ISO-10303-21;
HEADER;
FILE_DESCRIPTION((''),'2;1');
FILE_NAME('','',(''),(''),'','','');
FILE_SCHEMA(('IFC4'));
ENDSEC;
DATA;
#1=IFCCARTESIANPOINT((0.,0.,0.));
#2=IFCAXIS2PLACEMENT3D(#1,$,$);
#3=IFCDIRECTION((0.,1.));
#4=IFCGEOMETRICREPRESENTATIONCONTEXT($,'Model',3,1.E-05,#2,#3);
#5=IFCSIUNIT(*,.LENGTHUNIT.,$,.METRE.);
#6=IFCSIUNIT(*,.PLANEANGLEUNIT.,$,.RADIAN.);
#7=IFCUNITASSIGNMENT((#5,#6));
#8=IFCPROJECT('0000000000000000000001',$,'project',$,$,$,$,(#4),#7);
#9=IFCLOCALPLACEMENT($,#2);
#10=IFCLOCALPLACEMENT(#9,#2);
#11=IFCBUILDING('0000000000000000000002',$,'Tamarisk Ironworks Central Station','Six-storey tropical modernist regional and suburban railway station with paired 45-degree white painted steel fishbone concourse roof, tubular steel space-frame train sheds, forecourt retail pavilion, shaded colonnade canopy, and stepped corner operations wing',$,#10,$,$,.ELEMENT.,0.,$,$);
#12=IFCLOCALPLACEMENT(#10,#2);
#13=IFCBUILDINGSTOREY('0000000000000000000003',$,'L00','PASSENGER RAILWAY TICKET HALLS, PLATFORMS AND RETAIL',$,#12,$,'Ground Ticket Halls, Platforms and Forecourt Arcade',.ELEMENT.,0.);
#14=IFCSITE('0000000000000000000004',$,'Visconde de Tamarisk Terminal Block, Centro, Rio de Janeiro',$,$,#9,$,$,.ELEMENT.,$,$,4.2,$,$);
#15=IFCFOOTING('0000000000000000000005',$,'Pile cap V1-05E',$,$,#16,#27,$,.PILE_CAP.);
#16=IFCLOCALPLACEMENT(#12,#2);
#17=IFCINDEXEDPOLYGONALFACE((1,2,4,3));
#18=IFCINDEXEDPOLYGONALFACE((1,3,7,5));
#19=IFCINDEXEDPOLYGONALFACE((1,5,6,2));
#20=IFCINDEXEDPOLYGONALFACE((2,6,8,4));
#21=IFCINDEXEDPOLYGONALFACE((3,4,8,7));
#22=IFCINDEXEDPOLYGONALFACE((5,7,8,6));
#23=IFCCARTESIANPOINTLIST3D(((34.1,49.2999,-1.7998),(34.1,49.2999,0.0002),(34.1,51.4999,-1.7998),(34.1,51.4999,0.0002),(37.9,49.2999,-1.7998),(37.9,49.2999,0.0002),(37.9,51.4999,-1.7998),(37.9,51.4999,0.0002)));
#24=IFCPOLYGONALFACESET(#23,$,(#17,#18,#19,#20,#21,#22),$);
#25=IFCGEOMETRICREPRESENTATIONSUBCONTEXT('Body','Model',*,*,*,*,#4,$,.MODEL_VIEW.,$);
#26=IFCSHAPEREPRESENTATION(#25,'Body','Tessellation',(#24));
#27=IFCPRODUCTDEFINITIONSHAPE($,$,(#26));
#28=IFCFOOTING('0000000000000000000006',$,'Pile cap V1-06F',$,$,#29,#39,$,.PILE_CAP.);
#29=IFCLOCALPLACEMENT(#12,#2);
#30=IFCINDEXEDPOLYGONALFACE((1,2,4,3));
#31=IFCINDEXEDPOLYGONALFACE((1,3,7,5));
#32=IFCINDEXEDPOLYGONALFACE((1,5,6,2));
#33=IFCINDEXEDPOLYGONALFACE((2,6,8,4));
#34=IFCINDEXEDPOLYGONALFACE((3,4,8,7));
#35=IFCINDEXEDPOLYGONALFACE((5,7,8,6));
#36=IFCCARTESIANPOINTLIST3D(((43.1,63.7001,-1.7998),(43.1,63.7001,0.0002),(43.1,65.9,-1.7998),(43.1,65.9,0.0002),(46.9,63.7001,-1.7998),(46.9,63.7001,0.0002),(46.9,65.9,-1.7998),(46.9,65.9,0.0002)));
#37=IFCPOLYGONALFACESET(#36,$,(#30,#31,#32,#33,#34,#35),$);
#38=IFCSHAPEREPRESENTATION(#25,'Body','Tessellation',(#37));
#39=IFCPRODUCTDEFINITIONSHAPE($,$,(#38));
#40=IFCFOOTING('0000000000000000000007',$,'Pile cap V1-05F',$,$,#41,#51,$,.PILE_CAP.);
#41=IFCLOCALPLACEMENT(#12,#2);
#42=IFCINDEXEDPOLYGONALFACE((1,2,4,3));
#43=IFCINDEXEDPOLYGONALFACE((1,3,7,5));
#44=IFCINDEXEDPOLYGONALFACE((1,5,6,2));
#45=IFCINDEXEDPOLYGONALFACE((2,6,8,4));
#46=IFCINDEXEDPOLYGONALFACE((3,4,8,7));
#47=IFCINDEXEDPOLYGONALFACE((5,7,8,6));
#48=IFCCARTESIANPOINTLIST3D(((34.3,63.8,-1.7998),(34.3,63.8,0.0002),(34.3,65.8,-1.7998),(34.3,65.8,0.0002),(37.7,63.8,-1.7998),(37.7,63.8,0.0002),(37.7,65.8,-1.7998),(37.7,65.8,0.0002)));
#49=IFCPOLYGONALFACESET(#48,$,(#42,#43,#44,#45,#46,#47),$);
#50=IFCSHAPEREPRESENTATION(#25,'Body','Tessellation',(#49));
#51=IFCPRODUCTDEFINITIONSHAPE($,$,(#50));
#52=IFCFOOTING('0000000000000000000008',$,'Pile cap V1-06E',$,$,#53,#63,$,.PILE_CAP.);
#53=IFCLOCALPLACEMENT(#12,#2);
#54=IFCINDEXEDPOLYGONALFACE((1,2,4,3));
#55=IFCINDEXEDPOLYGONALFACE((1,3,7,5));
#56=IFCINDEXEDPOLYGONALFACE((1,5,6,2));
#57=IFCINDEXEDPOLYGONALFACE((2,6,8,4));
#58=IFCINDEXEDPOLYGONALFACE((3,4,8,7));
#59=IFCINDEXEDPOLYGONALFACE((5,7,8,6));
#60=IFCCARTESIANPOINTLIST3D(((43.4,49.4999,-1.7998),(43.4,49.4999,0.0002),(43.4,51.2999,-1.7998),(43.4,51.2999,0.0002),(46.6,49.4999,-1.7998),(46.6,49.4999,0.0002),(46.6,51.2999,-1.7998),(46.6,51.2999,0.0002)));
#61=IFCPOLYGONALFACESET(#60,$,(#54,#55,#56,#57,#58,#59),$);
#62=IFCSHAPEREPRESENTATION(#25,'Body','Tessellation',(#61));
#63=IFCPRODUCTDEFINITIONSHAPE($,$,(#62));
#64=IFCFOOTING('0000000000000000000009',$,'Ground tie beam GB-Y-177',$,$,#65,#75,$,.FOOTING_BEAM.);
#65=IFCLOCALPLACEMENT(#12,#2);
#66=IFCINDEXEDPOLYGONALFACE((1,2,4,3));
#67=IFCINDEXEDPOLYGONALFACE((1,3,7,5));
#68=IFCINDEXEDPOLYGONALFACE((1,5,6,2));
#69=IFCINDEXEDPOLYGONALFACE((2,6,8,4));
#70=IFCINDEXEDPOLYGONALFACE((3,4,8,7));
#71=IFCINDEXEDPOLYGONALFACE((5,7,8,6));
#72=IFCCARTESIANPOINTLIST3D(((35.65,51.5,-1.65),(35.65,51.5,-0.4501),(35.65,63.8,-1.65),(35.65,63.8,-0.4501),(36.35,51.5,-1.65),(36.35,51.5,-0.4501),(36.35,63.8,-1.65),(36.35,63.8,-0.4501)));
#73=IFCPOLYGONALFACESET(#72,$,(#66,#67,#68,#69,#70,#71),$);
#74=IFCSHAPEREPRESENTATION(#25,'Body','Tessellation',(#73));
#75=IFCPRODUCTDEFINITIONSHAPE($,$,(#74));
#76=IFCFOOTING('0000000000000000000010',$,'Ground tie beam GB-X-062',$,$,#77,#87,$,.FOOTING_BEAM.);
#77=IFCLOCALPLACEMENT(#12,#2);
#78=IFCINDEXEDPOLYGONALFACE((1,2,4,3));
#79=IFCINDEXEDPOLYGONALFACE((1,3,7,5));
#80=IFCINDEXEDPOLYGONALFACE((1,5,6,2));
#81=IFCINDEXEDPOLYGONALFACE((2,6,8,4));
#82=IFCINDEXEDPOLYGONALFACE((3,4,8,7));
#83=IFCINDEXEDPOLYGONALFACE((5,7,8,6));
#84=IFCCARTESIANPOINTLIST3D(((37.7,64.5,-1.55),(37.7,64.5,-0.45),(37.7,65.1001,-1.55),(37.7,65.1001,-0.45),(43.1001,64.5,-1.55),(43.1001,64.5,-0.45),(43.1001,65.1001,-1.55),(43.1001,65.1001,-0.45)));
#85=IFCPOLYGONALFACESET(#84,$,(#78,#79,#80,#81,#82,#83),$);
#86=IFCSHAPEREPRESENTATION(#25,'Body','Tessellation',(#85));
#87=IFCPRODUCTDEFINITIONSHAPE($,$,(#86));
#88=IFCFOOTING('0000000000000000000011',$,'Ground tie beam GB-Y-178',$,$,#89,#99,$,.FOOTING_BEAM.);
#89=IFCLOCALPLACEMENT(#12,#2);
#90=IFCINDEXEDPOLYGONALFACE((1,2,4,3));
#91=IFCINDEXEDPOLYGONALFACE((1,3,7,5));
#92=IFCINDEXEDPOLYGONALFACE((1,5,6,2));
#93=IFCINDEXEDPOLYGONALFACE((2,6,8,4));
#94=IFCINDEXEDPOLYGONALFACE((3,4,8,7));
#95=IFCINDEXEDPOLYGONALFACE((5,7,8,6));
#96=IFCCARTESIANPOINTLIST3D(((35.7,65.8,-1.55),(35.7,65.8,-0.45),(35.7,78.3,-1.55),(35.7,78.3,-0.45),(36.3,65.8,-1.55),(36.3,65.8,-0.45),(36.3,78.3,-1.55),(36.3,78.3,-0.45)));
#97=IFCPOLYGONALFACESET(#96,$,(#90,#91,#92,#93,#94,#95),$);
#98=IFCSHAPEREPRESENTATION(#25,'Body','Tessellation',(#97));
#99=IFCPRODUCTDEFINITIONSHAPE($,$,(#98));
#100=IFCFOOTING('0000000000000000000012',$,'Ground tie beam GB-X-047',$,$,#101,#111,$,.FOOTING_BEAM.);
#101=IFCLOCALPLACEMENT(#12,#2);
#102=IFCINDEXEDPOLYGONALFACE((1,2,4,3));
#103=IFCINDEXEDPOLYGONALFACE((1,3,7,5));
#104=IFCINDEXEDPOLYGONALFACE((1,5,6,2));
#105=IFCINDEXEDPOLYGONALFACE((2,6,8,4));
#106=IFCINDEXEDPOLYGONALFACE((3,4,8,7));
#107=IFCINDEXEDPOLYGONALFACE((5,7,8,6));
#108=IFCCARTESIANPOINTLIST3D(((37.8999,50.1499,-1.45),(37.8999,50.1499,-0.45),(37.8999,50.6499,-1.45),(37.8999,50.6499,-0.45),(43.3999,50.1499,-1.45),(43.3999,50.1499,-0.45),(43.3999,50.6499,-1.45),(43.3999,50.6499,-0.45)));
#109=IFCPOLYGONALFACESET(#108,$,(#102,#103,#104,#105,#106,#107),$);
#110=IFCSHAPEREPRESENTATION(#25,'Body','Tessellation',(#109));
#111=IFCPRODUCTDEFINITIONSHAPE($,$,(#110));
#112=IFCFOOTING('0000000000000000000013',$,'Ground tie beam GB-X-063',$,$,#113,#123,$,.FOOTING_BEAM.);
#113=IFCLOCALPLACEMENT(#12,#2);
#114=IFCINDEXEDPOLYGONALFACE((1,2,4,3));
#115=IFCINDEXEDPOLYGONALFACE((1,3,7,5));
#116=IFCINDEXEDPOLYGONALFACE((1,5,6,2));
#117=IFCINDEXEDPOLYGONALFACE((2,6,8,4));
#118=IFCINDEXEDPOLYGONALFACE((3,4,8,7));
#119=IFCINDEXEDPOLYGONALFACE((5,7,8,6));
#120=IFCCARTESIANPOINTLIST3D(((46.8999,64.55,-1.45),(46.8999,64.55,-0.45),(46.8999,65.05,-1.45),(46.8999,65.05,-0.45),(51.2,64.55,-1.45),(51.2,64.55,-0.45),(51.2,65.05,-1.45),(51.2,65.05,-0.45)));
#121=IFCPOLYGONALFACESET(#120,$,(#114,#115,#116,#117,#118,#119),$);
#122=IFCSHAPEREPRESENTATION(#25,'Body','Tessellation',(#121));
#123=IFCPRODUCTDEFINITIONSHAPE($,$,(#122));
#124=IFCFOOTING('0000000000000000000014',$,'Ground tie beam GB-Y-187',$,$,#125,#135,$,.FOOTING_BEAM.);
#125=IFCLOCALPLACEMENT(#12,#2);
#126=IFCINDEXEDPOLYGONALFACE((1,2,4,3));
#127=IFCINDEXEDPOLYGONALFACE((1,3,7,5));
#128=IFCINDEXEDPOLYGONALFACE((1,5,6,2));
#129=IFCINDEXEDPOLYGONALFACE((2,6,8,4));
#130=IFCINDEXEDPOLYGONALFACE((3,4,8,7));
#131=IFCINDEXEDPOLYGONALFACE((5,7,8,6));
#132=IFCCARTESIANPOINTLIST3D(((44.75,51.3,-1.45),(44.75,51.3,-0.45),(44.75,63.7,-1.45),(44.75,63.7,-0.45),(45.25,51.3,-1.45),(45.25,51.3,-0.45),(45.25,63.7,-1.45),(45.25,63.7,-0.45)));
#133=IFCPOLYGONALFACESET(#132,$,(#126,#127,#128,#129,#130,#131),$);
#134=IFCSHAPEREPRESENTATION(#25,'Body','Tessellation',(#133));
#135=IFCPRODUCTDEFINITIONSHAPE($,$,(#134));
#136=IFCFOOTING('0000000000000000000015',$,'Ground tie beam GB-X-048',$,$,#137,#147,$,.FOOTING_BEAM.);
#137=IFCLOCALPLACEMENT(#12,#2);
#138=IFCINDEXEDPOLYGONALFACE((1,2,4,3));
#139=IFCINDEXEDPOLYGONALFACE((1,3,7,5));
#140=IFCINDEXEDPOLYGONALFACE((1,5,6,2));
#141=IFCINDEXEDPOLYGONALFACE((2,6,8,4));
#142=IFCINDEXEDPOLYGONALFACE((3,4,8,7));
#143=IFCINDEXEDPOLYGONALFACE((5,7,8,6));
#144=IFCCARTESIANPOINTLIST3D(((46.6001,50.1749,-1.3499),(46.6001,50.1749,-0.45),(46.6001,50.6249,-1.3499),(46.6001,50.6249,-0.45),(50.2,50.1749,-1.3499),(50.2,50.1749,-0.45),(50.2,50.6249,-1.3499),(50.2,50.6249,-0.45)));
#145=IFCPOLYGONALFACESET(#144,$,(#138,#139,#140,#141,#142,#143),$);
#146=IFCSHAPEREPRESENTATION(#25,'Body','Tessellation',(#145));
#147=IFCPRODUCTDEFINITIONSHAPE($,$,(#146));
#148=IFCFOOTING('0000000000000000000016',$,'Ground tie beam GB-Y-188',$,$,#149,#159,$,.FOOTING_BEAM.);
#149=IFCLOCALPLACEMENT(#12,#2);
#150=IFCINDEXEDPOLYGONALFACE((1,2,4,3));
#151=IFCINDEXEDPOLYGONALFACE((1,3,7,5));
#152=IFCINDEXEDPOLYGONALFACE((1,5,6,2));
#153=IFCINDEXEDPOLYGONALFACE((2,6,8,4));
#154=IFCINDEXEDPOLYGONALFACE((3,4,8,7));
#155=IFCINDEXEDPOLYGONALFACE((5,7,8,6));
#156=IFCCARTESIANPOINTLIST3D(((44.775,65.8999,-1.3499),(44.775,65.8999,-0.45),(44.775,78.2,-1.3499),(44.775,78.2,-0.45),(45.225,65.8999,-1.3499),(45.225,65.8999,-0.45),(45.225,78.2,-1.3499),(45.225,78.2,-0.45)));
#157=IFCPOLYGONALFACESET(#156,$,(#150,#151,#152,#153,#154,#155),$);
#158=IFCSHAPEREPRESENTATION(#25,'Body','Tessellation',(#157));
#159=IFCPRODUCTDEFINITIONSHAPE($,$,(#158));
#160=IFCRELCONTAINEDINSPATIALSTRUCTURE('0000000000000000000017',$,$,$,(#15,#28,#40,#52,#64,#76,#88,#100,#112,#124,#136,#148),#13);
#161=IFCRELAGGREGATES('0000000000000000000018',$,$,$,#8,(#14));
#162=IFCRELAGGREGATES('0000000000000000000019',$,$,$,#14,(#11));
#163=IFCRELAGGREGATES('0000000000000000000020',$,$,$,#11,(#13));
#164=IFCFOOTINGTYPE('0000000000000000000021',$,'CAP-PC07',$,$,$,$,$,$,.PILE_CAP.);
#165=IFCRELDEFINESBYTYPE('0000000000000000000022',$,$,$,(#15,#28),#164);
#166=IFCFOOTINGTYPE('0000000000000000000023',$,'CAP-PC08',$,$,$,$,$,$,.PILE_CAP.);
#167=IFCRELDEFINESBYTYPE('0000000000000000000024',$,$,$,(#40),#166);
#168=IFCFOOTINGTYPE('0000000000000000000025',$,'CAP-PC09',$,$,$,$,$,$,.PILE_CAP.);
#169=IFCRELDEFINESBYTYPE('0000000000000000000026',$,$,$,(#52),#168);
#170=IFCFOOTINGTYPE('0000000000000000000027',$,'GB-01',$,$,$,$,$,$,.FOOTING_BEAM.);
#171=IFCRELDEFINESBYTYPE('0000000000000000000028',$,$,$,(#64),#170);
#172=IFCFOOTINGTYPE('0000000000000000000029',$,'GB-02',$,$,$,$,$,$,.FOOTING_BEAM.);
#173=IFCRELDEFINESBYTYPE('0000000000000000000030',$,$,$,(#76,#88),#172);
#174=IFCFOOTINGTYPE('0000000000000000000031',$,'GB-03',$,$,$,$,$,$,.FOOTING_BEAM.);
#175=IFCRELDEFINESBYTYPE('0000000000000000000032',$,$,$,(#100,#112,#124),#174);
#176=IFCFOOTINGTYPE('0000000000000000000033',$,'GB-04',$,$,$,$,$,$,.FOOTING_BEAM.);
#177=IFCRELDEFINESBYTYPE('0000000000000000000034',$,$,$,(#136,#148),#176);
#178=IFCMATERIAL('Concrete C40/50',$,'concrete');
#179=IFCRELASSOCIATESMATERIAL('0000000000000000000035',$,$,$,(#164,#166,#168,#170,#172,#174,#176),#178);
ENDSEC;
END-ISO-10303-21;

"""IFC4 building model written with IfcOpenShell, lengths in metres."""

from ifc_helpers import new_model, si_unit, direction, frame, origin, origin_2d, place, context, subcontext, project, spatial, rectangle, extrude, material, material_profile, profile_set, type_object, element, save


model = new_model("IFC4")

# Units and contexts
model_context = context("Model", 3, precision=1e-05, world=origin(), true_north=direction((0.0, 1.0)))
body_context = subcontext(model_context, "Body", "Model", "MODEL_VIEW")
ifc_project = project(units=[si_unit("LENGTHUNIT", "METRE"), si_unit("PLANEANGLEUNIT", "RADIAN")], contexts=[model_context])

# Site, building, storey
site_placement = place(None, origin())
site = spatial("IfcSite", under=ifc_project, at=site_placement, Name="Visconde de Tamarisk Terminal Block, Centro, Rio de Janeiro", CompositionType="ELEMENT", RefElevation=4.2)
building_placement = place(site_placement, origin())
building = spatial("IfcBuilding", under=site, at=building_placement, Name="Tamarisk Ironworks Central Station", Description="Six-storey tropical modernist regional and suburban railway station with paired 45-degree white painted steel fishbone concourse roof, tubular steel space-frame train sheds, forecourt retail pavilion, shaded colonnade canopy, and stepped corner operations wing", CompositionType="ELEMENT", ElevationOfRefHeight=0.0)
storey_placement = place(building_placement, origin())
storey = spatial("IfcBuildingStorey", under=building, at=storey_placement, Name="L00", Description="PASSENGER RAILWAY TICKET HALLS, PLATFORMS AND RETAIL", LongName="Ground Ticket Halls, Platforms and Forecourt Arcade", CompositionType="ELEMENT", Elevation=0.0)

# Footings
ifc_material_1 = material(Name="Concrete C40/50", Category="concrete")
footing_type_1 = type_object("IfcFootingType", Name="CAP-PC07", PredefinedType="PILE_CAP", material=ifc_material_1)
for number, where, z_axis, x_axis, name in (
    (1, (36.0, 50.3999, -1.7998), (0.0, 0.0, 1.0), (1.0, 0.0, 0.0), "Pile cap V1-05E"),
    (2, (45.0, 64.8, -1.7998), (0.0, 0.0, 1.0), (1.0, 0.0, 0.0), "Pile cap V1-06F"),
):
    element("IfcFooting", number, at=place(storey_placement, frame(where, z_axis=z_axis, x_axis=x_axis)), inside=storey, type_object=footing_type_1, Name=name, PredefinedType="PILE_CAP", context=body_context, shape_type="SweptSolid", body=[
        extrude(rectangle(XDim=3.8, YDim=2.2, at=origin_2d()), origin(), (0.0, 0.0, 1.0), 1.8),
    ])
footing_type_2 = type_object("IfcFootingType", Name="CAP-PC08", PredefinedType="PILE_CAP", material=ifc_material_1)
footing_1_placement = place(storey_placement, frame((36.0, 64.8, -1.7998), z_axis=(0.0, 0.0, 1.0), x_axis=(1.0, 0.0, 0.0)))
element("IfcFooting", 3, at=footing_1_placement, inside=storey, type_object=footing_type_2, Name="Pile cap V1-05F", PredefinedType="PILE_CAP", context=body_context, shape_type="SweptSolid", body=[
    extrude(rectangle(XDim=3.3999, YDim=2.0, at=origin_2d()), origin(), (0.0, 0.0, 1.0), 1.8),
])
footing_type_3 = type_object("IfcFootingType", Name="CAP-PC09", PredefinedType="PILE_CAP", material=ifc_material_1)
footing_2_placement = place(storey_placement, frame((45.0, 50.3999, -1.7998), z_axis=(0.0, 0.0, 1.0), x_axis=(1.0, 0.0, 0.0)))
element("IfcFooting", 4, at=footing_2_placement, inside=storey, type_object=footing_type_3, Name="Pile cap V1-06E", PredefinedType="PILE_CAP", context=body_context, shape_type="SweptSolid", body=[
    extrude(rectangle(XDim=3.2, YDim=1.8, at=origin_2d()), origin(), (0.0, 0.0, 1.0), 1.8),
])
ifc_material_profile_1 = material_profile(ifc_material_1, rectangle(XDim=0.7, YDim=1.2, at=origin_2d()), Name="GB01 700x1200")
ifc_profile_set_1 = profile_set([ifc_material_profile_1], Name="Concrete C40/50")
footing_type_4 = type_object("IfcFootingType", Name="GB-01", PredefinedType="FOOTING_BEAM", material=ifc_profile_set_1)
footing_3_placement = place(storey_placement, frame((36.0, 51.5, -1.05), z_axis=(0.0, 1.0, 0.0), x_axis=(-1.0, 0.0, 0.0)))
element("IfcFooting", 5, at=footing_3_placement, inside=storey, type_object=footing_type_4, Name="Ground tie beam GB-Y-177", PredefinedType="FOOTING_BEAM", context=body_context, shape_type="SweptSolid", body=[
    extrude(rectangle(XDim=0.7, YDim=1.2, at=origin_2d()), origin(), (0.0, 0.0, 1.0), 12.3),
])
ifc_material_profile_2 = material_profile(ifc_material_1, rectangle(XDim=0.6001, YDim=1.1001, at=origin_2d()), Name="GB02 600x1100")
ifc_profile_set_2 = profile_set([ifc_material_profile_2], Name="Concrete C40/50")
footing_type_5 = type_object("IfcFootingType", Name="GB-02", PredefinedType="FOOTING_BEAM", material=ifc_profile_set_2)
footing_4_placement = place(storey_placement, frame((37.7, 64.8, -1.0), z_axis=(1.0, 0.0, 0.0), x_axis=(0.0, 1.0, 0.0)))
element("IfcFooting", 6, at=footing_4_placement, inside=storey, type_object=footing_type_5, Name="Ground tie beam GB-X-062", PredefinedType="FOOTING_BEAM", context=body_context, shape_type="SweptSolid", body=[
    extrude(rectangle(XDim=0.6001, YDim=1.1001, at=origin_2d()), origin(), (0.0, 0.0, 1.0), 5.4001),
])
footing_5_placement = place(storey_placement, frame((36.0, 65.8, -1.0), z_axis=(0.0, 1.0, 0.0), x_axis=(-1.0, 0.0, 0.0)))
element("IfcFooting", 7, at=footing_5_placement, inside=storey, type_object=footing_type_5, Name="Ground tie beam GB-Y-178", PredefinedType="FOOTING_BEAM", context=body_context, shape_type="SweptSolid", body=[
    extrude(rectangle(XDim=0.6001, YDim=1.1001, at=origin_2d()), origin(), (0.0, 0.0, 1.0), 12.5),
])
ifc_material_profile_3 = material_profile(ifc_material_1, rectangle(XDim=0.5, YDim=1.0, at=origin_2d()), Name="GB03 500x1000")
ifc_profile_set_3 = profile_set([ifc_material_profile_3], Name="Concrete C40/50")
footing_type_6 = type_object("IfcFootingType", Name="GB-03", PredefinedType="FOOTING_BEAM", material=ifc_profile_set_3)
footing_6_placement = place(storey_placement, frame((37.8999, 50.3999, -0.95), z_axis=(1.0, 0.0, 0.0), x_axis=(0.0, 1.0, 0.0)))
element("IfcFooting", 8, at=footing_6_placement, inside=storey, type_object=footing_type_6, Name="Ground tie beam GB-X-047", PredefinedType="FOOTING_BEAM", context=body_context, shape_type="SweptSolid", body=[
    extrude(rectangle(XDim=0.5, YDim=1.0, at=origin_2d()), origin(), (0.0, 0.0, 1.0), 5.5),
])
footing_7_placement = place(storey_placement, frame((46.8999, 64.8, -0.95), z_axis=(1.0, 0.0, 0.0), x_axis=(0.0, 1.0, 0.0)))
element("IfcFooting", 9, at=footing_7_placement, inside=storey, type_object=footing_type_6, Name="Ground tie beam GB-X-063", PredefinedType="FOOTING_BEAM", context=body_context, shape_type="SweptSolid", body=[
    extrude(rectangle(XDim=0.5, YDim=1.0, at=origin_2d()), origin(), (0.0, 0.0, 1.0), 4.3),
])
footing_8_placement = place(storey_placement, frame((45.0, 51.3, -0.95), z_axis=(0.0, 1.0, 0.0), x_axis=(-1.0, 0.0, 0.0)))
element("IfcFooting", 10, at=footing_8_placement, inside=storey, type_object=footing_type_6, Name="Ground tie beam GB-Y-187", PredefinedType="FOOTING_BEAM", context=body_context, shape_type="SweptSolid", body=[
    extrude(rectangle(XDim=0.5, YDim=1.0, at=origin_2d()), origin(), (0.0, 0.0, 1.0), 12.3999),
])
ifc_material_profile_4 = material_profile(ifc_material_1, rectangle(XDim=0.45, YDim=0.8999, at=origin_2d()), Name="GB04 450x900")
ifc_profile_set_4 = profile_set([ifc_material_profile_4], Name="Concrete C40/50")
footing_type_7 = type_object("IfcFootingType", Name="GB-04", PredefinedType="FOOTING_BEAM", material=ifc_profile_set_4)
footing_9_placement = place(storey_placement, frame((46.6001, 50.3999, -0.8999), z_axis=(1.0, 0.0, 0.0), x_axis=(0.0, 1.0, 0.0)))
element("IfcFooting", 11, at=footing_9_placement, inside=storey, type_object=footing_type_7, Name="Ground tie beam GB-X-048", PredefinedType="FOOTING_BEAM", context=body_context, shape_type="SweptSolid", body=[
    extrude(rectangle(XDim=0.45, YDim=0.8999, at=origin_2d()), origin(), (0.0, 0.0, 1.0), 3.5999),
])
footing_10_placement = place(storey_placement, frame((45.0, 65.8999, -0.8999), z_axis=(0.0, 1.0, 0.0), x_axis=(-1.0, 0.0, 0.0)))
element("IfcFooting", 12, at=footing_10_placement, inside=storey, type_object=footing_type_7, Name="Ground tie beam GB-Y-188", PredefinedType="FOOTING_BEAM", context=body_context, shape_type="SweptSolid", body=[
    extrude(rectangle(XDim=0.45, YDim=0.8999, at=origin_2d()), origin(), (0.0, 0.0, 1.0), 12.3),
])

save(model, "model.ifc")
